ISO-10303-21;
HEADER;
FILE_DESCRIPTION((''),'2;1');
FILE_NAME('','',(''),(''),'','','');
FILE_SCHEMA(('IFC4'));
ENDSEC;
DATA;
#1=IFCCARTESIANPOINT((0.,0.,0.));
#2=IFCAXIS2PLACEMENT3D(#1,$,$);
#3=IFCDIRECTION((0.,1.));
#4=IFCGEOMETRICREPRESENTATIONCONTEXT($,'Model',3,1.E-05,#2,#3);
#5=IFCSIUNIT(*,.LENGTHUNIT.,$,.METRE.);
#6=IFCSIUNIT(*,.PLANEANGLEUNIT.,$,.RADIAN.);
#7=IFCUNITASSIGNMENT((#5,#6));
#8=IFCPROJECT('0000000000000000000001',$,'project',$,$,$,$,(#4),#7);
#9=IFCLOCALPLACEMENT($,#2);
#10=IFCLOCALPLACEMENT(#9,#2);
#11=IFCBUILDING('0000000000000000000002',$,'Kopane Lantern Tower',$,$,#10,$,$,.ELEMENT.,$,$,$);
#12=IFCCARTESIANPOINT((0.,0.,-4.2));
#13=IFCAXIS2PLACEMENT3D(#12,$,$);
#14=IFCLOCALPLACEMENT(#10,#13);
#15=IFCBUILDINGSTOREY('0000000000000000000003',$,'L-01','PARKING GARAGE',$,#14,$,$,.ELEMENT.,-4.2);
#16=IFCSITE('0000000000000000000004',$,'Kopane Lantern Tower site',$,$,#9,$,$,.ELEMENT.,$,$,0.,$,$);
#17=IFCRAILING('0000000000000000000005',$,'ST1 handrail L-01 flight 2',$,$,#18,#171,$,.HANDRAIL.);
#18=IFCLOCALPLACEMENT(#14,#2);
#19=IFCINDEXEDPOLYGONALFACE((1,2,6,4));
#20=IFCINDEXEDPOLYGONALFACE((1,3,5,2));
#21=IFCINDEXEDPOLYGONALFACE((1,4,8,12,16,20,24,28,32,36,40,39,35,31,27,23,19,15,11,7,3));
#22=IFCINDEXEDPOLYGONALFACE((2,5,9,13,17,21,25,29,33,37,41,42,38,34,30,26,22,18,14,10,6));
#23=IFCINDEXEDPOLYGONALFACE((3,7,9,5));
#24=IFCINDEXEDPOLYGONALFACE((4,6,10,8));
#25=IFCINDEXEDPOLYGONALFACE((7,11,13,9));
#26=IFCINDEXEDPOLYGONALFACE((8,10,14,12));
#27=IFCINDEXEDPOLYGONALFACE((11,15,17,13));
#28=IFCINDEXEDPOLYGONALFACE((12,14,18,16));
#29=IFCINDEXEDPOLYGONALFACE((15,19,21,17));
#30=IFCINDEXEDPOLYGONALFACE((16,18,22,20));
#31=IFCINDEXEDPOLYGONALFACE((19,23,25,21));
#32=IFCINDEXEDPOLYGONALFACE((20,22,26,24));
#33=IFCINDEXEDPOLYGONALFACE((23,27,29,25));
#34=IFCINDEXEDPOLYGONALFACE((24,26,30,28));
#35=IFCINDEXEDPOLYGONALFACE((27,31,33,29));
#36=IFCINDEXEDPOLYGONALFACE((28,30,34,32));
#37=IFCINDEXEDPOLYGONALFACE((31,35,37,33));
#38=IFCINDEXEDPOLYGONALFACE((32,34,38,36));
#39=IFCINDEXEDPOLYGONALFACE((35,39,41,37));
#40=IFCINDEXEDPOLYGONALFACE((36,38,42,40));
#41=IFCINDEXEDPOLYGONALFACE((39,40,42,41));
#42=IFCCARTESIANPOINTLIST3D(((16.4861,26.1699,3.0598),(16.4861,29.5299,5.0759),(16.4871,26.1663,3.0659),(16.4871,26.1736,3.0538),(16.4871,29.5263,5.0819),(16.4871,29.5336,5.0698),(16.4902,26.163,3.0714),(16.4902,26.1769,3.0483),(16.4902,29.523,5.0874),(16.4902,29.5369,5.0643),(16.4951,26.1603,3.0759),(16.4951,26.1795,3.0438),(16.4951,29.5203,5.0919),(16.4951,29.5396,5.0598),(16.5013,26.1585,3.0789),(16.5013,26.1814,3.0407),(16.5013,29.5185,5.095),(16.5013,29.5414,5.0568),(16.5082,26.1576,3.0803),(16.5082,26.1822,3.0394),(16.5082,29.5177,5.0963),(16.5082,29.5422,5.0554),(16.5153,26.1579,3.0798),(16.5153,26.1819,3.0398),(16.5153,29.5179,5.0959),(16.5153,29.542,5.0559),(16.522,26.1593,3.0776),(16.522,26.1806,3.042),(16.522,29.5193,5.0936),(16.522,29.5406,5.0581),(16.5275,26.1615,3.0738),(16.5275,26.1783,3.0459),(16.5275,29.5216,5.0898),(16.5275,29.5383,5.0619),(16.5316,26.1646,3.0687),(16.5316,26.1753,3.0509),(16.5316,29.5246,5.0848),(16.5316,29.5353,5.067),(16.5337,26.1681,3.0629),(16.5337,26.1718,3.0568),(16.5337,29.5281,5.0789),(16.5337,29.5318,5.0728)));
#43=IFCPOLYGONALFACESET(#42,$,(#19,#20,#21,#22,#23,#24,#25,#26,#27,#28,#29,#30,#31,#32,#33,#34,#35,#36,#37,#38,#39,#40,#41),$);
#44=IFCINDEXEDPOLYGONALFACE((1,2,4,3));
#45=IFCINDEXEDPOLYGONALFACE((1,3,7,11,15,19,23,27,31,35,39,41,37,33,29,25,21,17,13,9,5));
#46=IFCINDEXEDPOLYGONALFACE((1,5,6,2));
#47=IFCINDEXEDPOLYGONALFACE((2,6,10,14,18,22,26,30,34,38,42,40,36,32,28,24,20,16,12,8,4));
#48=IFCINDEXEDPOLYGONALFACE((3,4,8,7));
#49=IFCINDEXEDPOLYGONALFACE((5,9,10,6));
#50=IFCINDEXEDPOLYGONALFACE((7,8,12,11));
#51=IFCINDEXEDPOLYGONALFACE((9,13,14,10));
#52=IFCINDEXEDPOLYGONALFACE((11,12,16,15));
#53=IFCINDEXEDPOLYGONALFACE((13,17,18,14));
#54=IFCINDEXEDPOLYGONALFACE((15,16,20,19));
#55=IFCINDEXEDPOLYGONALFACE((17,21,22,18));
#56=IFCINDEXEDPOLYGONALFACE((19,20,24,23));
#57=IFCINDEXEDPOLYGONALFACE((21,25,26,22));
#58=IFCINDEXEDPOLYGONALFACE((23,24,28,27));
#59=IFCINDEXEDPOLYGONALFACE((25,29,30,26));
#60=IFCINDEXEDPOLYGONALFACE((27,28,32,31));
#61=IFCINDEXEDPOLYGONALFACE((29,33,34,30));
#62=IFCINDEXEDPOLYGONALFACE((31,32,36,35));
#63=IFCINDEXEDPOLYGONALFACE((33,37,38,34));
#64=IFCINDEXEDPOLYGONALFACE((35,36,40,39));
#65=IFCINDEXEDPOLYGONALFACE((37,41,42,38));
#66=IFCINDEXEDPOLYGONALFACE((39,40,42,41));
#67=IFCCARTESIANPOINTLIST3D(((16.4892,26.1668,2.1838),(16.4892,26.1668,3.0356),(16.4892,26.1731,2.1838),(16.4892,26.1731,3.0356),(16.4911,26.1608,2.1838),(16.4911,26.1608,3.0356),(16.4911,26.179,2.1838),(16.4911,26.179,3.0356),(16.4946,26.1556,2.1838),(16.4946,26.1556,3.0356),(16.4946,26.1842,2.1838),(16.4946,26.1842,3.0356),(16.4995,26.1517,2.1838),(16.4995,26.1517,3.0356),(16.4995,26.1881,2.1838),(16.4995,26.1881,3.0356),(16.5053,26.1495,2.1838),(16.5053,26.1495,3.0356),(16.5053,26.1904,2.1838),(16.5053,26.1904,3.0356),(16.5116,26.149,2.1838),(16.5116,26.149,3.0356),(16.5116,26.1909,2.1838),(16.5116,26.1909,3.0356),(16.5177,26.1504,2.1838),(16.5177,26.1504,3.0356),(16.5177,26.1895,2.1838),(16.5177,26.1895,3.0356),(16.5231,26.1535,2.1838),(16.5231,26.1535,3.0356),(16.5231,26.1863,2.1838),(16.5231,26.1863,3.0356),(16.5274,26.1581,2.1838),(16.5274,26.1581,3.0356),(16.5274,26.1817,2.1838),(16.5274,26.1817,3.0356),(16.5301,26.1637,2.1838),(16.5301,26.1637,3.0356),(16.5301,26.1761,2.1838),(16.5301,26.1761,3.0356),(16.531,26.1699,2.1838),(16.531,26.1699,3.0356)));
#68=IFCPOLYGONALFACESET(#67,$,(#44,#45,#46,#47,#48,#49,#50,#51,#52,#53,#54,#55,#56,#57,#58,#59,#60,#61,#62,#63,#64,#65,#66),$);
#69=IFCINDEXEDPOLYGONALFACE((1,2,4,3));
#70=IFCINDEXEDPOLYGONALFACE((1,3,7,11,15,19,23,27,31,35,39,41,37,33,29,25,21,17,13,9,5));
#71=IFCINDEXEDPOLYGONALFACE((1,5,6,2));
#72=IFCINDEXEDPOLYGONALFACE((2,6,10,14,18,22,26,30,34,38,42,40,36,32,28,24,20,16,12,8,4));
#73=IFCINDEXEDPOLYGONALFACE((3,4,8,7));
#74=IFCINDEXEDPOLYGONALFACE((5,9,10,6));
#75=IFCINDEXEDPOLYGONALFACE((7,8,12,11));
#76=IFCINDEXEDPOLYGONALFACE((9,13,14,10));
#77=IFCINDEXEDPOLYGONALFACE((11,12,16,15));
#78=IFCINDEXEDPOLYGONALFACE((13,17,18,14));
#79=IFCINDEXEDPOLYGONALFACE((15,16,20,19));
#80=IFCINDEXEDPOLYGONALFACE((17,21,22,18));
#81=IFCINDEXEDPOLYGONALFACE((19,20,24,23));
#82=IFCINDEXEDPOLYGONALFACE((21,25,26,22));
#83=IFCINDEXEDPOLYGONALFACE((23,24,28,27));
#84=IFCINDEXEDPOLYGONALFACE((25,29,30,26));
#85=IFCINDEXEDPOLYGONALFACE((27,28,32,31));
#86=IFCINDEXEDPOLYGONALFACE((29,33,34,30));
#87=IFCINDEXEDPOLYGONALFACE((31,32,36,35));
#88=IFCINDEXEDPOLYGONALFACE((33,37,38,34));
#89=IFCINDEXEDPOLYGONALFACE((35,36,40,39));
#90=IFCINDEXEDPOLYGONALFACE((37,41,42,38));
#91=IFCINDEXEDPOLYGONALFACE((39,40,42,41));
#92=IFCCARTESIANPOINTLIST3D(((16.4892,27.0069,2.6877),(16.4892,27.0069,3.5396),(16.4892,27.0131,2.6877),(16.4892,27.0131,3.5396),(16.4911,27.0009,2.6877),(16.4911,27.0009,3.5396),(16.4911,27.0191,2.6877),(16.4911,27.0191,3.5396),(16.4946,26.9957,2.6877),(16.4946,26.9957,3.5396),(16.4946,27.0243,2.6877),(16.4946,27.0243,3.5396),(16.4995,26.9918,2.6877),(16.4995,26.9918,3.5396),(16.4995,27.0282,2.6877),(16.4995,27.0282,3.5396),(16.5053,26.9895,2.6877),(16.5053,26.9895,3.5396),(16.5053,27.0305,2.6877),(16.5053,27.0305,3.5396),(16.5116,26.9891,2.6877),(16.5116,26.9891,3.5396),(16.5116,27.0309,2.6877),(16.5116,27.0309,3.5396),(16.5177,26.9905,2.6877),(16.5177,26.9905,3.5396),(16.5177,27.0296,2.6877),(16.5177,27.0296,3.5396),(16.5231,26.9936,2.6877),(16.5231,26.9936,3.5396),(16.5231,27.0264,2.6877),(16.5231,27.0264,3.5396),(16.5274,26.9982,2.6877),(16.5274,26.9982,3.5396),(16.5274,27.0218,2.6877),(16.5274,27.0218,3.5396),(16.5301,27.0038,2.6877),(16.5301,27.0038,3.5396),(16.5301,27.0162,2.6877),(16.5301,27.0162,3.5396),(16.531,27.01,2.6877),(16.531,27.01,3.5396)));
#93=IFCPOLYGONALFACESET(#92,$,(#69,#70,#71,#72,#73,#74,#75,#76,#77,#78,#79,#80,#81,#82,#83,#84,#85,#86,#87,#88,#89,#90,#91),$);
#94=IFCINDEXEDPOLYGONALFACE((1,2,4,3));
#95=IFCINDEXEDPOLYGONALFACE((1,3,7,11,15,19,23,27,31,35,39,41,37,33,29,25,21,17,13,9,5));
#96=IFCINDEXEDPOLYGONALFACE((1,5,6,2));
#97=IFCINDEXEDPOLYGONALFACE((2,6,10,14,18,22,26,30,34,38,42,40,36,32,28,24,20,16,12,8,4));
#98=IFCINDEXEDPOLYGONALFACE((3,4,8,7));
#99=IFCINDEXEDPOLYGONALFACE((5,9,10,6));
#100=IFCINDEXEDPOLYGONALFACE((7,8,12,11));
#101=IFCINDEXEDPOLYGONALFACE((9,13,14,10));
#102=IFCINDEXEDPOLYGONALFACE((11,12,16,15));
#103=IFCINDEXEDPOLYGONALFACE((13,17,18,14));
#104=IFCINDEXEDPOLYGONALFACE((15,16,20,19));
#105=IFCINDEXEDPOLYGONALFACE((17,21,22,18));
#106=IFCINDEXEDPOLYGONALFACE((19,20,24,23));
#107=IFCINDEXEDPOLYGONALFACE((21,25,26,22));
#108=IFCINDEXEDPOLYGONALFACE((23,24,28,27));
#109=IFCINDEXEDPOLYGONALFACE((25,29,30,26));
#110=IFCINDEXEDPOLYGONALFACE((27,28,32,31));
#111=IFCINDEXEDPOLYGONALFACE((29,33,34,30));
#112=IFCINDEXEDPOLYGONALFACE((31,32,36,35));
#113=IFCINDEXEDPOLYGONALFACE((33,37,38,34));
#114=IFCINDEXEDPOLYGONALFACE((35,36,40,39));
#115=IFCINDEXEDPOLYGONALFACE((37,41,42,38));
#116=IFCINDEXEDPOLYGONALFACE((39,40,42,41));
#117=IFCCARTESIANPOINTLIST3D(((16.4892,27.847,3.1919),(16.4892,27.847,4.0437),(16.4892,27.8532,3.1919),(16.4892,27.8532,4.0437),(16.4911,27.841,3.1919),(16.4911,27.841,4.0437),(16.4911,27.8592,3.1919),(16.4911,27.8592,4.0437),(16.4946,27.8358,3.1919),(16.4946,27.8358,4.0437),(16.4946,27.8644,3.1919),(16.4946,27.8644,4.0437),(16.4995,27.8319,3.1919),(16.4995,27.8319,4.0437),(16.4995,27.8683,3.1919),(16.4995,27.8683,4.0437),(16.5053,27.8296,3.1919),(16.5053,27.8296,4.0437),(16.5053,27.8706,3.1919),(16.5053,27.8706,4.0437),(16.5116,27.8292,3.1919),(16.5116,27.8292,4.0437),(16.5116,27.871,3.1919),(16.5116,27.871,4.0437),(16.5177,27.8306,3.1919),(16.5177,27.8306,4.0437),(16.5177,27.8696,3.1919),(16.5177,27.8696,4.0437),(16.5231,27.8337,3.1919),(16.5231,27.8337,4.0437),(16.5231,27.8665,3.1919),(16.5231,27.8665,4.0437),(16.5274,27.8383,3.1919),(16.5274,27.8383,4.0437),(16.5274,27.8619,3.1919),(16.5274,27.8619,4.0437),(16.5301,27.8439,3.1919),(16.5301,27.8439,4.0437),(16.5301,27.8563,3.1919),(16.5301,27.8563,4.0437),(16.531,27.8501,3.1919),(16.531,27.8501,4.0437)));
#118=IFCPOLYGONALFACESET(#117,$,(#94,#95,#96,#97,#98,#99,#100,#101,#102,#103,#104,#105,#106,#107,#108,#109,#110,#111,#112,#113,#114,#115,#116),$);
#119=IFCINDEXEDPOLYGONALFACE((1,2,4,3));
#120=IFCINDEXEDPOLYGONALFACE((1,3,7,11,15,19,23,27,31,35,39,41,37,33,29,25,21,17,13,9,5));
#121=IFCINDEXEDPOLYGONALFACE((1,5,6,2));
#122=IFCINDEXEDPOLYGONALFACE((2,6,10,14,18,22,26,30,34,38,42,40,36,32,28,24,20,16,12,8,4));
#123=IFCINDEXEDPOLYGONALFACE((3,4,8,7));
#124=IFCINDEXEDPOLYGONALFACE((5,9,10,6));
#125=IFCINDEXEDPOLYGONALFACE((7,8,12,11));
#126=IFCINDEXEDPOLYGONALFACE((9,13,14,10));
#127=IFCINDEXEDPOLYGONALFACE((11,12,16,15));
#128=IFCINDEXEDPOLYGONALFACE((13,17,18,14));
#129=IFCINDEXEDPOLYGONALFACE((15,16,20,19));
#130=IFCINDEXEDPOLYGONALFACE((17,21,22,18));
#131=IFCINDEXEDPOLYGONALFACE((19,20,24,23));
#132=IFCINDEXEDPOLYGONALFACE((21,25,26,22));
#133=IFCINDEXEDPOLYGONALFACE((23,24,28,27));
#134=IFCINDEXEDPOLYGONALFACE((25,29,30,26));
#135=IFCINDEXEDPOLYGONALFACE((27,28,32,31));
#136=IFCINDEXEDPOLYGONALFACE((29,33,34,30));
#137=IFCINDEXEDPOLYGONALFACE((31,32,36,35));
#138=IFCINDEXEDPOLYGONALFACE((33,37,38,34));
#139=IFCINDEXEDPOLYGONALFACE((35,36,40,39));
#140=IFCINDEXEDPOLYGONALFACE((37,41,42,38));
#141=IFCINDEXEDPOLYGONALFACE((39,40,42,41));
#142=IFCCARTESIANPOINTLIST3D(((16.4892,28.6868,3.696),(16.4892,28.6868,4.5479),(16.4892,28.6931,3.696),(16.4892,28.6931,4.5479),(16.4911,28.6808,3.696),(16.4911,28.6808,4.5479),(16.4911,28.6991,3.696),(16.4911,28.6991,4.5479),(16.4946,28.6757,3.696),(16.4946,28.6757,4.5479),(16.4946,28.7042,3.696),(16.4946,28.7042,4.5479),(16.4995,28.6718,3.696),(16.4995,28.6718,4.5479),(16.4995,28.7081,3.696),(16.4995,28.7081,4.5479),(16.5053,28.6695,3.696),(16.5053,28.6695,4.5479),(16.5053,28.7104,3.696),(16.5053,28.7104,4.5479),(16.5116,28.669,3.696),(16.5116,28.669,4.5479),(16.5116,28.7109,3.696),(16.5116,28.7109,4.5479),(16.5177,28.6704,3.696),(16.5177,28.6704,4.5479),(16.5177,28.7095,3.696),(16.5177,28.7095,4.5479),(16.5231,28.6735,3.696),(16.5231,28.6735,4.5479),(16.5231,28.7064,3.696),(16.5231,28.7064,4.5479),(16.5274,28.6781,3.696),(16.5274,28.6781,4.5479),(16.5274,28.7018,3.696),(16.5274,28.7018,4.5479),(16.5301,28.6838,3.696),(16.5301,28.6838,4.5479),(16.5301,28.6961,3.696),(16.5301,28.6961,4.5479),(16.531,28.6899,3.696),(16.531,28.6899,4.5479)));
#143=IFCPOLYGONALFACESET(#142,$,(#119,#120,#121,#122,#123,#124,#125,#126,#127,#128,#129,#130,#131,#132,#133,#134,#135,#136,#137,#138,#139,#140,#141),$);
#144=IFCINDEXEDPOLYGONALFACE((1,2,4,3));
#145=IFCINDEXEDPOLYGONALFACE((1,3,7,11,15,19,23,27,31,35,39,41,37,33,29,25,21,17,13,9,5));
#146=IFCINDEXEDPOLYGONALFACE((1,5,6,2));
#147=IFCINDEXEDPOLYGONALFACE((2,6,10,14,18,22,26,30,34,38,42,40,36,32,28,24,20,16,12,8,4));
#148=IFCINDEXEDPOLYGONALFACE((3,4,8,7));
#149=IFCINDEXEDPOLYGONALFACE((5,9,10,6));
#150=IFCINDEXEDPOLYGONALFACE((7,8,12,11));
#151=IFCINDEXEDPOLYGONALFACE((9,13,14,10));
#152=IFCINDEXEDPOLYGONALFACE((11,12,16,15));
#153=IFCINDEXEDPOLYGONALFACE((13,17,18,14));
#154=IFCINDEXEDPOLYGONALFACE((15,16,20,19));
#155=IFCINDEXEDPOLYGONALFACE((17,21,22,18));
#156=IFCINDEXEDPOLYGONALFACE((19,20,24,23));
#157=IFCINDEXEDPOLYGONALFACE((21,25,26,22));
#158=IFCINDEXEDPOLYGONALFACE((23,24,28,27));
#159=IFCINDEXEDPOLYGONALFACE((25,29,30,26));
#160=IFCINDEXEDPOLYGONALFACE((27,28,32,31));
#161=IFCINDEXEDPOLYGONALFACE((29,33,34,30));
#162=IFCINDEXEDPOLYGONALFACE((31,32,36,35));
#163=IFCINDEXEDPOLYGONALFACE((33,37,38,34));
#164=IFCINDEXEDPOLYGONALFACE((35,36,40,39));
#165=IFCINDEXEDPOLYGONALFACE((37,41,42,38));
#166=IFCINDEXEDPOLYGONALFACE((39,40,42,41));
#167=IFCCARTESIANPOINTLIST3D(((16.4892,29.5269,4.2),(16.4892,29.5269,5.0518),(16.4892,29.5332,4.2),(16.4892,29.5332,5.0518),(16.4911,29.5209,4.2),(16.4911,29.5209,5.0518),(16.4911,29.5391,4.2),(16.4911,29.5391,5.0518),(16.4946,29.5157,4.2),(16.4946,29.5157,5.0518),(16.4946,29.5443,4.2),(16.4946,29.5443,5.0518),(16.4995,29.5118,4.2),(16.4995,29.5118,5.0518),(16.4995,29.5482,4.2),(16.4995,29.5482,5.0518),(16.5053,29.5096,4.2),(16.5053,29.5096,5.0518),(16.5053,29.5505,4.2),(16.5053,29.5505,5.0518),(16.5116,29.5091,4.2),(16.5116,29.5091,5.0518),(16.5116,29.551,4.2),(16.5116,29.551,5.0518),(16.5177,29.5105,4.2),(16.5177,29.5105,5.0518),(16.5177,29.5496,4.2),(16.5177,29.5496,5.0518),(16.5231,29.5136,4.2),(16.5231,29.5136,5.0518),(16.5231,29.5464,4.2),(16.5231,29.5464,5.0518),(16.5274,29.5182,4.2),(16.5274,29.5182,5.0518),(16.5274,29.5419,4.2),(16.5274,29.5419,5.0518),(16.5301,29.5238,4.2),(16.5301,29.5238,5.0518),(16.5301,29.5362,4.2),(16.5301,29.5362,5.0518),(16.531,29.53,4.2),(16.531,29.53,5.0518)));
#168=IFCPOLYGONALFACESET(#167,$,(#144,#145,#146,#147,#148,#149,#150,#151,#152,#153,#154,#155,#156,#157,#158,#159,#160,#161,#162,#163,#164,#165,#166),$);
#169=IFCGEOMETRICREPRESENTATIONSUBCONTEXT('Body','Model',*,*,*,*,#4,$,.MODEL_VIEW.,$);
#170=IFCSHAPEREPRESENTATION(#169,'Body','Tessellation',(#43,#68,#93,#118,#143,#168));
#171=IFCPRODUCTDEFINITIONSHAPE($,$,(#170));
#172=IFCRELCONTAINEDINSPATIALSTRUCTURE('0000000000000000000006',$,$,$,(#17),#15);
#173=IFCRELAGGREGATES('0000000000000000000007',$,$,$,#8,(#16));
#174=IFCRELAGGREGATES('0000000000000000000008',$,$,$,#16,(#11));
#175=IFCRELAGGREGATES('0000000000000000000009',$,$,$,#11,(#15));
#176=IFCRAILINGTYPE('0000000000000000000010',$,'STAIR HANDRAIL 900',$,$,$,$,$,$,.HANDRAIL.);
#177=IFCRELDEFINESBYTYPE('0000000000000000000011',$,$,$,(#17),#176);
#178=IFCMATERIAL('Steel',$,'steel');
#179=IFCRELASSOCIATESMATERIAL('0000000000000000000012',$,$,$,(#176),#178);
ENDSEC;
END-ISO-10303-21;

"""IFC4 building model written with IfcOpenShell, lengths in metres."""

from ifc_helpers import new_model, si_unit, direction, frame, origin, origin_2d, place, context, subcontext, project, spatial, circle, extrude, material, type_object, element, save


model = new_model("IFC4")

# Units and contexts
model_context = context("Model", 3, precision=1e-05, world=origin(), true_north=direction((0.0, 1.0)))
body_context = subcontext(model_context, "Body", "Model", "MODEL_VIEW")
ifc_project = project(units=[si_unit("LENGTHUNIT", "METRE"), si_unit("PLANEANGLEUNIT", "RADIAN")], contexts=[model_context])

# Site, building, storey
site_placement = place(None, origin())
site = spatial("IfcSite", under=ifc_project, at=site_placement, Name="Kopane Lantern Tower site", CompositionType="ELEMENT", RefElevation=0.0)
building_placement = place(site_placement, origin())
building = spatial("IfcBuilding", under=site, at=building_placement, Name="Kopane Lantern Tower", CompositionType="ELEMENT")
storey_placement = place(building_placement, frame((0.0, 0.0, -4.2)))
storey = spatial("IfcBuildingStorey", under=building, at=storey_placement, Name="L-01", Description="PARKING GARAGE", CompositionType="ELEMENT", Elevation=-4.2)

# Railing
ifc_material_1 = material(Name="Steel", Category="steel")
railing_type_1 = type_object("IfcRailingType", Name="STAIR HANDRAIL 900", PredefinedType="HANDRAIL", material=ifc_material_1)
for number, where, name in (
    (1, (16.51, 26.1699, 2.1838), "ST1 handrail L-01 flight 2"),
):
    element("IfcRailing", number, at=place(storey_placement, frame(where)), inside=storey, type_object=railing_type_1, Name=name, PredefinedType="HANDRAIL", context=body_context, shape_type="SweptSolid", body=[
        extrude(circle(Radius=0.0239, at=origin_2d()), frame((0.0, 0.0, 0.876), z_axis=(0.0, 0.857487, 0.514505), x_axis=(-1.0, 0.0, 0.0)), (0.0, 0.0, 1.0), 3.9185),
        extrude(circle(Radius=0.021, at=origin_2d()), origin(), (0.0, 0.0, 1.0), 0.8518),
        extrude(circle(Radius=0.021, at=origin_2d()), frame((0.0, 0.8401, 0.5039)), (0.0, 0.0, 1.0), 0.8518),
        extrude(circle(Radius=0.021, at=origin_2d()), frame((0.0, 1.6802, 1.0081)), (0.0, 0.0, 1.0), 0.8518),
        extrude(circle(Radius=0.021, at=origin_2d()), frame((0.0, 2.52, 1.5122)), (0.0, 0.0, 1.0), 0.8518),
        extrude(circle(Radius=0.021, at=origin_2d()), frame((0.0, 3.3601, 2.0161)), (0.0, 0.0, 1.0), 0.8518),
    ])

save(model, "model.ifc")
